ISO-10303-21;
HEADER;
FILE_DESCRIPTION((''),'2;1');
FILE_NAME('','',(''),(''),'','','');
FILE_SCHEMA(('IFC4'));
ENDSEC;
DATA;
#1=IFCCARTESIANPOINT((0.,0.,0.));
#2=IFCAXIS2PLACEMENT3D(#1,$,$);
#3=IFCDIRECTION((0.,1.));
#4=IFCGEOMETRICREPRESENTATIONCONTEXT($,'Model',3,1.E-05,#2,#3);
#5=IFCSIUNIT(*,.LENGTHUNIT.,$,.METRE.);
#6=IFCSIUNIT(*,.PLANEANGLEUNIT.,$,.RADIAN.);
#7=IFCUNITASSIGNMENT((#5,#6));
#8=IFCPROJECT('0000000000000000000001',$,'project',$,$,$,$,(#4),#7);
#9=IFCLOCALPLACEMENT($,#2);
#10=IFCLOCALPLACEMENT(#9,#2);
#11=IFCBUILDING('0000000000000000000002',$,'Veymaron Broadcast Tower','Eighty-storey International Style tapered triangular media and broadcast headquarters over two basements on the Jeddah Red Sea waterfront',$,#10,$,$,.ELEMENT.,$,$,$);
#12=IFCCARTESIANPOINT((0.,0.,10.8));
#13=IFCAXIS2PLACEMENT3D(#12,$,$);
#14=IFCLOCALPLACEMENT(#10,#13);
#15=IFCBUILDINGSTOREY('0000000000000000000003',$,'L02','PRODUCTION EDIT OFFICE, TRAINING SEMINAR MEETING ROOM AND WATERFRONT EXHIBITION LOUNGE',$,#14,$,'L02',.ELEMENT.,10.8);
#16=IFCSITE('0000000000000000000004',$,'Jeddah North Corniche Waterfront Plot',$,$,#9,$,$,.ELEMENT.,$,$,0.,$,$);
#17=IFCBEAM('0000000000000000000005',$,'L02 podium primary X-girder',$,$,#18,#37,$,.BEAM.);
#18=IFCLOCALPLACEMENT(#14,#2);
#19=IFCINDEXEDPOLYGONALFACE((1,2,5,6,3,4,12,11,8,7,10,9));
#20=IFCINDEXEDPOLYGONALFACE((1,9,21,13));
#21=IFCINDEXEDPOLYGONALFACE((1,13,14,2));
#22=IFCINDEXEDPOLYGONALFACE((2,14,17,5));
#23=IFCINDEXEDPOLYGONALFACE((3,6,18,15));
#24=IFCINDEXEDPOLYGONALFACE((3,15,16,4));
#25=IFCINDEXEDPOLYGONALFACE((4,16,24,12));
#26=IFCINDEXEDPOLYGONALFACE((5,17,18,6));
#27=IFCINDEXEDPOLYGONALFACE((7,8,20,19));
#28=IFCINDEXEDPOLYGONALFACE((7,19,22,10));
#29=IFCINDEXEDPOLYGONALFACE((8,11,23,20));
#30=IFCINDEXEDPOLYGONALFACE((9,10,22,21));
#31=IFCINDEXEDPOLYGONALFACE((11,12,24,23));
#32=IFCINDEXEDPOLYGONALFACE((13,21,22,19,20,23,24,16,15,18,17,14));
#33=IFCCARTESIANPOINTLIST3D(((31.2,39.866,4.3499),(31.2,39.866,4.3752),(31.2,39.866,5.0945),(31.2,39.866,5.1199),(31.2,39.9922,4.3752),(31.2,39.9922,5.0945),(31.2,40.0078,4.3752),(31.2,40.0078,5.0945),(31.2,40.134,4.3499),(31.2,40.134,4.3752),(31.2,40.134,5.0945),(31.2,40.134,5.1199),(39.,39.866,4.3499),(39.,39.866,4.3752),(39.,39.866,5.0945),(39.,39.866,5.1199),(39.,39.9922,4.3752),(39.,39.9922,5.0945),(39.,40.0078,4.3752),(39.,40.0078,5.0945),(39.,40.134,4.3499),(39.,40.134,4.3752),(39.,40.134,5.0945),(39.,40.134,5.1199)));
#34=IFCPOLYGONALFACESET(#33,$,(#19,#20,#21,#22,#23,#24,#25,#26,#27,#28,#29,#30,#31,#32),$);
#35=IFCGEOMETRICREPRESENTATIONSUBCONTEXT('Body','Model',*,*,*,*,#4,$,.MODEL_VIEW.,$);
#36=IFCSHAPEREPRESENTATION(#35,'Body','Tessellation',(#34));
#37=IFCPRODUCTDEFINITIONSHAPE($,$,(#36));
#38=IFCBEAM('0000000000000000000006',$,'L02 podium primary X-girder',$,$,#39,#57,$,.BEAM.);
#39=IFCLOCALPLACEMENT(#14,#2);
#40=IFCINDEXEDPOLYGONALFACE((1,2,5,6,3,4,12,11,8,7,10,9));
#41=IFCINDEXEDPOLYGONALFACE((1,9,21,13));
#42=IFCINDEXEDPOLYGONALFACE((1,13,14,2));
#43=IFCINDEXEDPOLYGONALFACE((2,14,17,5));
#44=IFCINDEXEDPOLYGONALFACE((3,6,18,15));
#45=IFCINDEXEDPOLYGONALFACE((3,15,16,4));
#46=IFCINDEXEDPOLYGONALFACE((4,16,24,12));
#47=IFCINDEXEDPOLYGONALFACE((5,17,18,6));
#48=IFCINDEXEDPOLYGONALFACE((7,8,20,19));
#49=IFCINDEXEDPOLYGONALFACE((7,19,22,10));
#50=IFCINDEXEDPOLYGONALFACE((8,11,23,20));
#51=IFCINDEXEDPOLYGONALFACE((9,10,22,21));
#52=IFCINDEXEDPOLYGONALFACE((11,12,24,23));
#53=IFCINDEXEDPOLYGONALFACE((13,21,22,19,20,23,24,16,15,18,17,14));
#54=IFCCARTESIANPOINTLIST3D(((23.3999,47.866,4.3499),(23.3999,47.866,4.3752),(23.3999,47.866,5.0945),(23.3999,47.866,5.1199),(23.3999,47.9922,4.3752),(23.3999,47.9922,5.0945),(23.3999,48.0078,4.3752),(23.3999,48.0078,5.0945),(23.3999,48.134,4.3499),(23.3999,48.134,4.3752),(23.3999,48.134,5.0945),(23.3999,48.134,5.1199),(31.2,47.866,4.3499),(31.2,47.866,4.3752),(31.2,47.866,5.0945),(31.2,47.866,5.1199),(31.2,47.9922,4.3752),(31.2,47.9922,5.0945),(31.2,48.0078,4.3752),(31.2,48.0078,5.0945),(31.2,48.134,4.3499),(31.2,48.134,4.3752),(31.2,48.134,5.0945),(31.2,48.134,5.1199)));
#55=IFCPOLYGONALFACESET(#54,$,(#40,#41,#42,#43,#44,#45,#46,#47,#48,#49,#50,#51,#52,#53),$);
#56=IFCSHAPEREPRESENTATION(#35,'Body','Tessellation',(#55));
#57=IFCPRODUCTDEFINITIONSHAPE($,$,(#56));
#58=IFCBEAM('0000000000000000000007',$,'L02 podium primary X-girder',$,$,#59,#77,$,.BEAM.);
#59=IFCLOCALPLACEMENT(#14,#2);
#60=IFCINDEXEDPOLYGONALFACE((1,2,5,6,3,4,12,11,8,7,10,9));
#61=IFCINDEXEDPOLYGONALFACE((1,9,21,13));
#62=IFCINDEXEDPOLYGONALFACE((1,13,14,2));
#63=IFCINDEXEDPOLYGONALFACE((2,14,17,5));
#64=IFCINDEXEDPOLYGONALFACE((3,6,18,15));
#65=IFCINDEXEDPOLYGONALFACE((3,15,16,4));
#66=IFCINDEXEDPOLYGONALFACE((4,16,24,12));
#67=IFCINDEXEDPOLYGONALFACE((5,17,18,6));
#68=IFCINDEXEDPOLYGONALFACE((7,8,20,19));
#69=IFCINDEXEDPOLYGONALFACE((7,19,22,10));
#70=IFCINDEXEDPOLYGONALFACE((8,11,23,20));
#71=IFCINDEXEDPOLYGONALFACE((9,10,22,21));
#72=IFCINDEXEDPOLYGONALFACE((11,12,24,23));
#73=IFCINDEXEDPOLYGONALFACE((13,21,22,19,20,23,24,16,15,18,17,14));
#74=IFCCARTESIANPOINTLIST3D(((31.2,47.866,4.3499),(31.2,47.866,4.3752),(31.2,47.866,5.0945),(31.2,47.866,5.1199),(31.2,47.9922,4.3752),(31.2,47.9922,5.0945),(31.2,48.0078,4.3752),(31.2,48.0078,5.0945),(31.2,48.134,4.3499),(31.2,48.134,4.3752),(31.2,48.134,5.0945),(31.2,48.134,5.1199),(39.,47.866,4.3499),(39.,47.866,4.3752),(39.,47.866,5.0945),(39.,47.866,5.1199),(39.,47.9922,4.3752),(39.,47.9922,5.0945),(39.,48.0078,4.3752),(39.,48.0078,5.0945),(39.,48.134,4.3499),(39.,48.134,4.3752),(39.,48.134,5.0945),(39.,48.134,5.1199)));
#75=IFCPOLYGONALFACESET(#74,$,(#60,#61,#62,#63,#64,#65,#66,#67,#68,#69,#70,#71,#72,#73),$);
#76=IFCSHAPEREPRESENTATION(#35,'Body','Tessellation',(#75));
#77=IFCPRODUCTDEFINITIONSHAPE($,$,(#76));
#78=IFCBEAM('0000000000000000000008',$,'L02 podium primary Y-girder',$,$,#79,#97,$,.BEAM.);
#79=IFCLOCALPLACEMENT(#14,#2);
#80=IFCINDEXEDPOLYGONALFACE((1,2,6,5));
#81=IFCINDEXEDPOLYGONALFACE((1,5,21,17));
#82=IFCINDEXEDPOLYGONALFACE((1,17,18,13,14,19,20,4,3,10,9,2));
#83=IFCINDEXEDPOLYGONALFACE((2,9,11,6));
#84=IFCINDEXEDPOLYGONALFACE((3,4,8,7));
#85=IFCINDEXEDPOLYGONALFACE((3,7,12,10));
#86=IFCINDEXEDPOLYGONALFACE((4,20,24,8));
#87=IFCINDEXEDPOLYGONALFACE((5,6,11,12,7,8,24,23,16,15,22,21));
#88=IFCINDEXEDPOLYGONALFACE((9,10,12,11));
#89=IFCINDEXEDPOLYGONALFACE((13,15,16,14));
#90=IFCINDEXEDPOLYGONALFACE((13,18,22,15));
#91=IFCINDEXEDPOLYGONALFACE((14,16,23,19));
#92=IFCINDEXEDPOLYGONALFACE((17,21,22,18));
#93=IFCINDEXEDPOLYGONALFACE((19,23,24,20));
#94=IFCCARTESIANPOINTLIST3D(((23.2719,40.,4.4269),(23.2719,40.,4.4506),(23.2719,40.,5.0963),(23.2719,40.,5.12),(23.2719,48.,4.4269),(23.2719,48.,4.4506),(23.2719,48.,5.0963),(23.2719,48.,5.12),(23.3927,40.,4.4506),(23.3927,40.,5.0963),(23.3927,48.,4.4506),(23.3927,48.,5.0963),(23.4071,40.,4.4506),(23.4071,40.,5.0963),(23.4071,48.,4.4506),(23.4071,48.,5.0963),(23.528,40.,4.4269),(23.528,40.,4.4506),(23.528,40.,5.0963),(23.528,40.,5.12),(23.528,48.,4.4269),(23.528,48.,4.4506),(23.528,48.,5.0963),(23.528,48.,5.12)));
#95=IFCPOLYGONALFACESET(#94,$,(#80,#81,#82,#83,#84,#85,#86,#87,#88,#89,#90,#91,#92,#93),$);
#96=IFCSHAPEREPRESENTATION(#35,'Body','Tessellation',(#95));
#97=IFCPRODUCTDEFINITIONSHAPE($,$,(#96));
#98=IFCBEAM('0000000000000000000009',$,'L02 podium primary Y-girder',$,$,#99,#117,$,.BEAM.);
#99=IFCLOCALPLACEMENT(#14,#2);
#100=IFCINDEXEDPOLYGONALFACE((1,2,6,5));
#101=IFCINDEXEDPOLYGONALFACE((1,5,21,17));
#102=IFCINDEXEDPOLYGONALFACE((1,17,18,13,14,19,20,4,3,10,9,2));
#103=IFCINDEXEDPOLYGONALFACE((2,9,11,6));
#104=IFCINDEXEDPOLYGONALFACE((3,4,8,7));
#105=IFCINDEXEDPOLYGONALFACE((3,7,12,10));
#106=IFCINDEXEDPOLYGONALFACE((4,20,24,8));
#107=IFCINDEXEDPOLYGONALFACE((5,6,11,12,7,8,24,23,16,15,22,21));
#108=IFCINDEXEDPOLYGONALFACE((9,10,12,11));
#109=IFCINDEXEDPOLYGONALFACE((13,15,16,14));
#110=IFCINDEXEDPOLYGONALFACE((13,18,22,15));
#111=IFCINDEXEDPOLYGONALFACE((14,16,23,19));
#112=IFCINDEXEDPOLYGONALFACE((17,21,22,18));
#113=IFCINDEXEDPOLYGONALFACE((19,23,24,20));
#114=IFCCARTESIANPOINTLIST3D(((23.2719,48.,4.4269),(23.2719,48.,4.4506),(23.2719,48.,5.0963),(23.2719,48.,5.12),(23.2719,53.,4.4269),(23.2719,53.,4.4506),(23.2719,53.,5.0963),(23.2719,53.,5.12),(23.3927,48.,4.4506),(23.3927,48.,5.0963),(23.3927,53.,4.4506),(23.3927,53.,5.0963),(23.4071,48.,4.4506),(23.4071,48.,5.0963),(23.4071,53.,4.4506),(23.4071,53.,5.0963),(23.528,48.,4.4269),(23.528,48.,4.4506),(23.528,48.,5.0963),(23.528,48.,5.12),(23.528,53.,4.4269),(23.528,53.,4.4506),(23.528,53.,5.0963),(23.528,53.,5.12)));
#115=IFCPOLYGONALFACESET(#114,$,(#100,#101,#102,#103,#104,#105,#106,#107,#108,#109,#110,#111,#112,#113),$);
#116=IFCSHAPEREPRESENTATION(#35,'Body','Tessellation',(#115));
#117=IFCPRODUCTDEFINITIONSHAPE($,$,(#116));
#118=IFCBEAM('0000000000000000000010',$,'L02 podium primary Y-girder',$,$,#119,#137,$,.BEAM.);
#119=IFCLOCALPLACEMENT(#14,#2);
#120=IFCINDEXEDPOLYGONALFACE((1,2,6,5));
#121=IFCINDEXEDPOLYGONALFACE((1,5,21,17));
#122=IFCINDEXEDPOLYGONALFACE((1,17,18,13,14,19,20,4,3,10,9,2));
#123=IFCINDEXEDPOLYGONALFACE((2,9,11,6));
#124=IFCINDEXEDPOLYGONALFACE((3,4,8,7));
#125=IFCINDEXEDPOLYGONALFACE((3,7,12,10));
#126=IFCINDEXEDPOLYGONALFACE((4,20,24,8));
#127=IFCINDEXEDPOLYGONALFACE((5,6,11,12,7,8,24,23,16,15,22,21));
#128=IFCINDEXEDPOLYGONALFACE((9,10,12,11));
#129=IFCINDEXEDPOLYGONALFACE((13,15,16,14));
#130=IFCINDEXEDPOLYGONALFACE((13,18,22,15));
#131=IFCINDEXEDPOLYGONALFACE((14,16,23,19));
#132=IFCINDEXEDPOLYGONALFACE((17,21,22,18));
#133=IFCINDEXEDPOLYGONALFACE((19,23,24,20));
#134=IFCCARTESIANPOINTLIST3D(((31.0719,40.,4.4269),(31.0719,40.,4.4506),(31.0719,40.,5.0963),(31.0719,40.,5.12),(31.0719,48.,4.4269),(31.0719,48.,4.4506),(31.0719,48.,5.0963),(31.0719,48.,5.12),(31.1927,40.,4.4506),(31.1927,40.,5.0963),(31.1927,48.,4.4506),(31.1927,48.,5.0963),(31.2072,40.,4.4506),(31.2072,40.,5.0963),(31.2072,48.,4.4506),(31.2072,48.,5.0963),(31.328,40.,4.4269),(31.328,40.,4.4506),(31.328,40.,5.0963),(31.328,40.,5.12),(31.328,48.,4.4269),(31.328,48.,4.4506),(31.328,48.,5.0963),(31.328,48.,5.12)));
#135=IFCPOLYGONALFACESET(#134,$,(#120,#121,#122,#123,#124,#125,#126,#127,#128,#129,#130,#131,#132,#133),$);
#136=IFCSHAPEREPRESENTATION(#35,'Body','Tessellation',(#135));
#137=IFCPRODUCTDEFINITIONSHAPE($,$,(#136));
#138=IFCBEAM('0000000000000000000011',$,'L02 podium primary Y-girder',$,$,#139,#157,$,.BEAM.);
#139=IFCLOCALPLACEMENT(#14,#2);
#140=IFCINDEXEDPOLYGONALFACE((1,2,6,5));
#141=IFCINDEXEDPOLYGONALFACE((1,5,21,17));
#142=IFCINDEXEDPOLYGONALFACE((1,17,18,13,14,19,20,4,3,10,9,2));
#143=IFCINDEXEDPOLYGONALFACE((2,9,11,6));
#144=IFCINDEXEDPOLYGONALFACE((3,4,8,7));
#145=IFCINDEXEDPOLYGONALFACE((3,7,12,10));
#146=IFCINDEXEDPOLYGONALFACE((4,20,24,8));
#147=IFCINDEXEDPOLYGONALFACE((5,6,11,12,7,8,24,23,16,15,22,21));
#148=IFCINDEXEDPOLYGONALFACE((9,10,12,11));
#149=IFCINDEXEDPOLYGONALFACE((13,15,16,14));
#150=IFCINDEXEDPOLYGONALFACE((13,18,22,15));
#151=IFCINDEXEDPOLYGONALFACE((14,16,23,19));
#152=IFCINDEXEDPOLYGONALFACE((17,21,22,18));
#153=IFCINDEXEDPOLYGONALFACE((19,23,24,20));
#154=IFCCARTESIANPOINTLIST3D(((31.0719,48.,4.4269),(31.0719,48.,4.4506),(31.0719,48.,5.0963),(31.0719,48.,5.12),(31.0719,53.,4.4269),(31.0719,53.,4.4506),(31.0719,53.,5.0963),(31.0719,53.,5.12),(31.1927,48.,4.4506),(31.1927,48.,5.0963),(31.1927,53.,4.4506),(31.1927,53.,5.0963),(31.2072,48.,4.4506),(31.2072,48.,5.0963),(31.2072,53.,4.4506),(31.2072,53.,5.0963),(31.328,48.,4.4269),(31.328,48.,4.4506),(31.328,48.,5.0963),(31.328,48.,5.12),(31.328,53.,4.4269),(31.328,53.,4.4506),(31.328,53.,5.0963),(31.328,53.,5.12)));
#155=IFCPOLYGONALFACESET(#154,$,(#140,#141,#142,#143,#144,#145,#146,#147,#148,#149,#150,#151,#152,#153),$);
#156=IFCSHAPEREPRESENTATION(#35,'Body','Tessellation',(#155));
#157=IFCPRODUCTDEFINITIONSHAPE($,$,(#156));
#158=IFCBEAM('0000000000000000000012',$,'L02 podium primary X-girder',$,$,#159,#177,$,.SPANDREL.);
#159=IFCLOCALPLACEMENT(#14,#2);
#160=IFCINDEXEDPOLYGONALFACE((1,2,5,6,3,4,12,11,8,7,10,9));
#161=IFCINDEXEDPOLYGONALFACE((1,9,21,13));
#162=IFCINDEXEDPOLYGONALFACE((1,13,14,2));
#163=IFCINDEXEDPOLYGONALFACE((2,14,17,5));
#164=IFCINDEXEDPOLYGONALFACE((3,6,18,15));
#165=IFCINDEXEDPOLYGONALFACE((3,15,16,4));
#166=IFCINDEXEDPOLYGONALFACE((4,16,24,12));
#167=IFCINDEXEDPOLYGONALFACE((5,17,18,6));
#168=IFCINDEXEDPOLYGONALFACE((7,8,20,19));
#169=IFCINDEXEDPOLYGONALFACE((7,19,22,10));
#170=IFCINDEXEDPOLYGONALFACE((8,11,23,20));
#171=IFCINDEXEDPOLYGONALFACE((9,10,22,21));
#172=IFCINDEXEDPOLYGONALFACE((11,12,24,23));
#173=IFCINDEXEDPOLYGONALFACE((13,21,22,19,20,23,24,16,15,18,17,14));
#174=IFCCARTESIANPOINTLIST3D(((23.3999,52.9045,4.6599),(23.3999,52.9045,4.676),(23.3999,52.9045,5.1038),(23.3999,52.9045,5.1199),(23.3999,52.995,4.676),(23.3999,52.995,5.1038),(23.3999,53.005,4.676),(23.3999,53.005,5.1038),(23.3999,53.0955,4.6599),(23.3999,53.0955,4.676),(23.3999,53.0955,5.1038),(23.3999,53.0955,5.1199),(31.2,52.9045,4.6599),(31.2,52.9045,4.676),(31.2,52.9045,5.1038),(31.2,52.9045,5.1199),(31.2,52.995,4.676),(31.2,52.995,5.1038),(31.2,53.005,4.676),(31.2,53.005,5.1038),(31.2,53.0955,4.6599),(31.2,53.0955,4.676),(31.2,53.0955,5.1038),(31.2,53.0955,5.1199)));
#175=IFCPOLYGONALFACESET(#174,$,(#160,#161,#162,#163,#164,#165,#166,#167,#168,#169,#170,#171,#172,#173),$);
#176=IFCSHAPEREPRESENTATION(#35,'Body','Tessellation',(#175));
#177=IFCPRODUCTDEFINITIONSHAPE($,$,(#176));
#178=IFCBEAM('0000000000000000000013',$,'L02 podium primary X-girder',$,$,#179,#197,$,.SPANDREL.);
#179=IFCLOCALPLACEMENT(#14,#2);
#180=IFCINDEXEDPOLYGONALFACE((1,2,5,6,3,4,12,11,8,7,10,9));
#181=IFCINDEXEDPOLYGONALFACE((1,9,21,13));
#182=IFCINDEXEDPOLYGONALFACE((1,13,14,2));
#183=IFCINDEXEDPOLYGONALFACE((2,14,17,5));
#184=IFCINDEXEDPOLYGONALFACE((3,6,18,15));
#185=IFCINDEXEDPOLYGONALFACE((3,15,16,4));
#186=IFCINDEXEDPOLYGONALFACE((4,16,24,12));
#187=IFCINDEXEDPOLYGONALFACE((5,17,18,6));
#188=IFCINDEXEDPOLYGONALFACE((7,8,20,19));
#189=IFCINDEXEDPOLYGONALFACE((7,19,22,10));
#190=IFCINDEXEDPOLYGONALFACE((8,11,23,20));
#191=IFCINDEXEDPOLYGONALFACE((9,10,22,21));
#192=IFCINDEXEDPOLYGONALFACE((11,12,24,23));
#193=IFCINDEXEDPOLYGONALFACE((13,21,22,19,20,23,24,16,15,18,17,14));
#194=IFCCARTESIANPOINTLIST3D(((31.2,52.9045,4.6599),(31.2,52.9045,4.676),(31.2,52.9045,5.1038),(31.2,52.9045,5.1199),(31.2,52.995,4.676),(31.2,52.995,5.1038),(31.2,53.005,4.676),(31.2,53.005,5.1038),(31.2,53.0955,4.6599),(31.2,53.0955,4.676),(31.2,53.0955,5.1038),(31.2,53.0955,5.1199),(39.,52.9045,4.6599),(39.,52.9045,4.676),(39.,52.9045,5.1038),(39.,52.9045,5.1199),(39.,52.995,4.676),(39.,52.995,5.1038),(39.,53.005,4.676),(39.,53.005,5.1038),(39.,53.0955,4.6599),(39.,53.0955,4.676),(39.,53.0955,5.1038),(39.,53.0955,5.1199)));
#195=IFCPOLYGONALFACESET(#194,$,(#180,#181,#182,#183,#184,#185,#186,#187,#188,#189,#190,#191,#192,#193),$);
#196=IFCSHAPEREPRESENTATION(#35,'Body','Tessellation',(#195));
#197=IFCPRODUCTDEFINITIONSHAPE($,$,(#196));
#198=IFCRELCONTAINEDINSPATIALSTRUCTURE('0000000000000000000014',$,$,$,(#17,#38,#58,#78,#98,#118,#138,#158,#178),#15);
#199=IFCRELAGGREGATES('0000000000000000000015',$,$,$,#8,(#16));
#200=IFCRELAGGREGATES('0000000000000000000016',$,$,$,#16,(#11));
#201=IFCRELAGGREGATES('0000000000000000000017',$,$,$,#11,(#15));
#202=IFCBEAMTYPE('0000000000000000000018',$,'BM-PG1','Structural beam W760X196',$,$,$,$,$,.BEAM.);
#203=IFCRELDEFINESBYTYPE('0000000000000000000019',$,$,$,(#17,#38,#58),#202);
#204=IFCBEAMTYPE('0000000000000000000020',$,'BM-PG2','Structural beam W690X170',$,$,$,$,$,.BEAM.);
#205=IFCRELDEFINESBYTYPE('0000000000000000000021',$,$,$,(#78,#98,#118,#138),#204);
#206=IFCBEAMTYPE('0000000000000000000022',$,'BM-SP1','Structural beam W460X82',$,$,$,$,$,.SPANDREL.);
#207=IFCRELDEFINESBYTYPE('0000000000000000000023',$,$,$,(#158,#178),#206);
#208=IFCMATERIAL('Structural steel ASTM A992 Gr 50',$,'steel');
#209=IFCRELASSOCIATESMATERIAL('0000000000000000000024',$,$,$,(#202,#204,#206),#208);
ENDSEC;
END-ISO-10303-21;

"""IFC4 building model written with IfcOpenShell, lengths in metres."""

from ifc_helpers import new_model, si_unit, direction, frame, origin, origin_2d, place, context, subcontext, project, spatial, i_section, extrude, material, material_profile, profile_set, type_object, element, save


model = new_model("IFC4")

# Units and contexts
model_context = context("Model", 3, precision=1e-05, world=origin(), true_north=direction((0.0, 1.0)))
body_context = subcontext(model_context, "Body", "Model", "MODEL_VIEW")
ifc_project = project(units=[si_unit("LENGTHUNIT", "METRE"), si_unit("PLANEANGLEUNIT", "RADIAN")], contexts=[model_context])

# Site, building, storey
site_placement = place(None, origin())
site = spatial("IfcSite", under=ifc_project, at=site_placement, Name="Jeddah North Corniche Waterfront Plot", CompositionType="ELEMENT", RefElevation=0.0)
building_placement = place(site_placement, origin())
building = spatial("IfcBuilding", under=site, at=building_placement, Name="Veymaron Broadcast Tower", Description="Eighty-storey International Style tapered triangular media and broadcast headquarters over two basements on the Jeddah Red Sea waterfront", CompositionType="ELEMENT")
storey_placement = place(building_placement, frame((0.0, 0.0, 10.8)))
storey = spatial("IfcBuildingStorey", under=building, at=storey_placement, Name="L02", Description="PRODUCTION EDIT OFFICE, TRAINING SEMINAR MEETING ROOM AND WATERFRONT EXHIBITION LOUNGE", LongName="L02", CompositionType="ELEMENT", Elevation=10.8)

# Beams
ifc_material_1 = material(Name="Structural steel ASTM A992 Gr 50", Category="steel")
ifc_material_profile_1 = material_profile(ifc_material_1, i_section(OverallWidth=0.2681, OverallDepth=0.77, WebThickness=0.0156, FlangeThickness=0.0254, at=origin_2d()), Name="W760X196")
ifc_profile_set_1 = profile_set([ifc_material_profile_1], Name="Structural steel ASTM A992 Gr 50")
beam_type_1 = type_object("IfcBeamType", Name="BM-PG1", Description="Structural beam W760X196", PredefinedType="BEAM", material=ifc_profile_set_1)
for number, where, z_axis, x_axis, name in (
    (1, (31.2, 40.0, 4.7349), (1.0, 0.0, 0.0), (0.0, 1.0, 0.0), "L02 podium primary X-girder"),
    (2, (23.3999, 48.0, 4.7349), (1.0, 0.0, 0.0), (0.0, 1.0, 0.0), "L02 podium primary X-girder"),
    (3, (31.2, 48.0, 4.7349), (1.0, 0.0, 0.0), (0.0, 1.0, 0.0), "L02 podium primary X-girder"),
):
    element("IfcBeam", number, at=place(storey_placement, frame(where, z_axis=z_axis, x_axis=x_axis)), inside=storey, type_object=beam_type_1, Name=name, PredefinedType="BEAM", context=body_context, shape_type="SweptSolid", body=[
        extrude(i_section(OverallWidth=0.2681, OverallDepth=0.77, WebThickness=0.0156, FlangeThickness=0.0254, at=origin_2d()), origin(), (0.0, 0.0, 1.0), 7.8),
    ])
ifc_material_profile_2 = material_profile(ifc_material_1, i_section(OverallWidth=0.2561, OverallDepth=0.6931, WebThickness=0.0144, FlangeThickness=0.0237, at=origin_2d()), Name="W690X170")
ifc_profile_set_2 = profile_set([ifc_material_profile_2], Name="Structural steel ASTM A992 Gr 50")
beam_type_2 = type_object("IfcBeamType", Name="BM-PG2", Description="Structural beam W690X170", PredefinedType="BEAM", material=ifc_profile_set_2)
beam_1_placement = place(storey_placement, frame((23.3999, 40.0, 4.7734), z_axis=(0.0, 1.0, 0.0), x_axis=(-1.0, 0.0, 0.0)))
element("IfcBeam", 4, at=beam_1_placement, inside=storey, type_object=beam_type_2, Name="L02 podium primary Y-girder", PredefinedType="BEAM", context=body_context, shape_type="SweptSolid", body=[
    extrude(i_section(OverallWidth=0.2561, OverallDepth=0.6931, WebThickness=0.0144, FlangeThickness=0.0237, at=origin_2d()), origin(), (0.0, 0.0, 1.0), 8.0),
])
beam_2_placement = place(storey_placement, frame((23.3999, 48.0, 4.7734), z_axis=(0.0, 1.0, 0.0), x_axis=(-1.0, 0.0, 0.0)))
element("IfcBeam", 5, at=beam_2_placement, inside=storey, type_object=beam_type_2, Name="L02 podium primary Y-girder", PredefinedType="BEAM", context=body_context, shape_type="SweptSolid", body=[
    extrude(i_section(OverallWidth=0.2561, OverallDepth=0.6931, WebThickness=0.0144, FlangeThickness=0.0237, at=origin_2d()), origin(), (0.0, 0.0, 1.0), 5.0),
])
beam_3_placement = place(storey_placement, frame((31.2, 40.0, 4.7734), z_axis=(0.0, 1.0, 0.0), x_axis=(-1.0, 0.0, 0.0)))
element("IfcBeam", 6, at=beam_3_placement, inside=storey, type_object=beam_type_2, Name="L02 podium primary Y-girder", PredefinedType="BEAM", context=body_context, shape_type="SweptSolid", body=[
    extrude(i_section(OverallWidth=0.2561, OverallDepth=0.6931, WebThickness=0.0144, FlangeThickness=0.0237, at=origin_2d()), origin(), (0.0, 0.0, 1.0), 8.0),
])
beam_4_placement = place(storey_placement, frame((31.2, 48.0, 4.7734), z_axis=(0.0, 1.0, 0.0), x_axis=(-1.0, 0.0, 0.0)))
element("IfcBeam", 7, at=beam_4_placement, inside=storey, type_object=beam_type_2, Name="L02 podium primary Y-girder", PredefinedType="BEAM", context=body_context, shape_type="SweptSolid", body=[
    extrude(i_section(OverallWidth=0.2561, OverallDepth=0.6931, WebThickness=0.0144, FlangeThickness=0.0237, at=origin_2d()), origin(), (0.0, 0.0, 1.0), 5.0),
])
ifc_material_profile_3 = material_profile(ifc_material_1, i_section(OverallWidth=0.1909, OverallDepth=0.46, WebThickness=0.01, FlangeThickness=0.0161, at=origin_2d()), Name="W460X82")
ifc_profile_set_3 = profile_set([ifc_material_profile_3], Name="Structural steel ASTM A992 Gr 50")
beam_type_3 = type_object("IfcBeamType", Name="BM-SP1", Description="Structural beam W460X82", PredefinedType="SPANDREL", material=ifc_profile_set_3)
for number, where, z_axis, x_axis, name in (
    (8, (23.3999, 53.0, 4.8899), (1.0, 0.0, 0.0), (0.0, 1.0, 0.0), "L02 podium primary X-girder"),
    (9, (31.2, 53.0, 4.8899), (1.0, 0.0, 0.0), (0.0, 1.0, 0.0), "L02 podium primary X-girder"),
):
    element("IfcBeam", number, at=place(storey_placement, frame(where, z_axis=z_axis, x_axis=x_axis)), inside=storey, type_object=beam_type_3, Name=name, PredefinedType="SPANDREL", context=body_context, shape_type="SweptSolid", body=[
        extrude(i_section(OverallWidth=0.1909, OverallDepth=0.46, WebThickness=0.01, FlangeThickness=0.0161, at=origin_2d()), origin(), (0.0, 0.0, 1.0), 7.8),
    ])

save(model, "model.ifc")
